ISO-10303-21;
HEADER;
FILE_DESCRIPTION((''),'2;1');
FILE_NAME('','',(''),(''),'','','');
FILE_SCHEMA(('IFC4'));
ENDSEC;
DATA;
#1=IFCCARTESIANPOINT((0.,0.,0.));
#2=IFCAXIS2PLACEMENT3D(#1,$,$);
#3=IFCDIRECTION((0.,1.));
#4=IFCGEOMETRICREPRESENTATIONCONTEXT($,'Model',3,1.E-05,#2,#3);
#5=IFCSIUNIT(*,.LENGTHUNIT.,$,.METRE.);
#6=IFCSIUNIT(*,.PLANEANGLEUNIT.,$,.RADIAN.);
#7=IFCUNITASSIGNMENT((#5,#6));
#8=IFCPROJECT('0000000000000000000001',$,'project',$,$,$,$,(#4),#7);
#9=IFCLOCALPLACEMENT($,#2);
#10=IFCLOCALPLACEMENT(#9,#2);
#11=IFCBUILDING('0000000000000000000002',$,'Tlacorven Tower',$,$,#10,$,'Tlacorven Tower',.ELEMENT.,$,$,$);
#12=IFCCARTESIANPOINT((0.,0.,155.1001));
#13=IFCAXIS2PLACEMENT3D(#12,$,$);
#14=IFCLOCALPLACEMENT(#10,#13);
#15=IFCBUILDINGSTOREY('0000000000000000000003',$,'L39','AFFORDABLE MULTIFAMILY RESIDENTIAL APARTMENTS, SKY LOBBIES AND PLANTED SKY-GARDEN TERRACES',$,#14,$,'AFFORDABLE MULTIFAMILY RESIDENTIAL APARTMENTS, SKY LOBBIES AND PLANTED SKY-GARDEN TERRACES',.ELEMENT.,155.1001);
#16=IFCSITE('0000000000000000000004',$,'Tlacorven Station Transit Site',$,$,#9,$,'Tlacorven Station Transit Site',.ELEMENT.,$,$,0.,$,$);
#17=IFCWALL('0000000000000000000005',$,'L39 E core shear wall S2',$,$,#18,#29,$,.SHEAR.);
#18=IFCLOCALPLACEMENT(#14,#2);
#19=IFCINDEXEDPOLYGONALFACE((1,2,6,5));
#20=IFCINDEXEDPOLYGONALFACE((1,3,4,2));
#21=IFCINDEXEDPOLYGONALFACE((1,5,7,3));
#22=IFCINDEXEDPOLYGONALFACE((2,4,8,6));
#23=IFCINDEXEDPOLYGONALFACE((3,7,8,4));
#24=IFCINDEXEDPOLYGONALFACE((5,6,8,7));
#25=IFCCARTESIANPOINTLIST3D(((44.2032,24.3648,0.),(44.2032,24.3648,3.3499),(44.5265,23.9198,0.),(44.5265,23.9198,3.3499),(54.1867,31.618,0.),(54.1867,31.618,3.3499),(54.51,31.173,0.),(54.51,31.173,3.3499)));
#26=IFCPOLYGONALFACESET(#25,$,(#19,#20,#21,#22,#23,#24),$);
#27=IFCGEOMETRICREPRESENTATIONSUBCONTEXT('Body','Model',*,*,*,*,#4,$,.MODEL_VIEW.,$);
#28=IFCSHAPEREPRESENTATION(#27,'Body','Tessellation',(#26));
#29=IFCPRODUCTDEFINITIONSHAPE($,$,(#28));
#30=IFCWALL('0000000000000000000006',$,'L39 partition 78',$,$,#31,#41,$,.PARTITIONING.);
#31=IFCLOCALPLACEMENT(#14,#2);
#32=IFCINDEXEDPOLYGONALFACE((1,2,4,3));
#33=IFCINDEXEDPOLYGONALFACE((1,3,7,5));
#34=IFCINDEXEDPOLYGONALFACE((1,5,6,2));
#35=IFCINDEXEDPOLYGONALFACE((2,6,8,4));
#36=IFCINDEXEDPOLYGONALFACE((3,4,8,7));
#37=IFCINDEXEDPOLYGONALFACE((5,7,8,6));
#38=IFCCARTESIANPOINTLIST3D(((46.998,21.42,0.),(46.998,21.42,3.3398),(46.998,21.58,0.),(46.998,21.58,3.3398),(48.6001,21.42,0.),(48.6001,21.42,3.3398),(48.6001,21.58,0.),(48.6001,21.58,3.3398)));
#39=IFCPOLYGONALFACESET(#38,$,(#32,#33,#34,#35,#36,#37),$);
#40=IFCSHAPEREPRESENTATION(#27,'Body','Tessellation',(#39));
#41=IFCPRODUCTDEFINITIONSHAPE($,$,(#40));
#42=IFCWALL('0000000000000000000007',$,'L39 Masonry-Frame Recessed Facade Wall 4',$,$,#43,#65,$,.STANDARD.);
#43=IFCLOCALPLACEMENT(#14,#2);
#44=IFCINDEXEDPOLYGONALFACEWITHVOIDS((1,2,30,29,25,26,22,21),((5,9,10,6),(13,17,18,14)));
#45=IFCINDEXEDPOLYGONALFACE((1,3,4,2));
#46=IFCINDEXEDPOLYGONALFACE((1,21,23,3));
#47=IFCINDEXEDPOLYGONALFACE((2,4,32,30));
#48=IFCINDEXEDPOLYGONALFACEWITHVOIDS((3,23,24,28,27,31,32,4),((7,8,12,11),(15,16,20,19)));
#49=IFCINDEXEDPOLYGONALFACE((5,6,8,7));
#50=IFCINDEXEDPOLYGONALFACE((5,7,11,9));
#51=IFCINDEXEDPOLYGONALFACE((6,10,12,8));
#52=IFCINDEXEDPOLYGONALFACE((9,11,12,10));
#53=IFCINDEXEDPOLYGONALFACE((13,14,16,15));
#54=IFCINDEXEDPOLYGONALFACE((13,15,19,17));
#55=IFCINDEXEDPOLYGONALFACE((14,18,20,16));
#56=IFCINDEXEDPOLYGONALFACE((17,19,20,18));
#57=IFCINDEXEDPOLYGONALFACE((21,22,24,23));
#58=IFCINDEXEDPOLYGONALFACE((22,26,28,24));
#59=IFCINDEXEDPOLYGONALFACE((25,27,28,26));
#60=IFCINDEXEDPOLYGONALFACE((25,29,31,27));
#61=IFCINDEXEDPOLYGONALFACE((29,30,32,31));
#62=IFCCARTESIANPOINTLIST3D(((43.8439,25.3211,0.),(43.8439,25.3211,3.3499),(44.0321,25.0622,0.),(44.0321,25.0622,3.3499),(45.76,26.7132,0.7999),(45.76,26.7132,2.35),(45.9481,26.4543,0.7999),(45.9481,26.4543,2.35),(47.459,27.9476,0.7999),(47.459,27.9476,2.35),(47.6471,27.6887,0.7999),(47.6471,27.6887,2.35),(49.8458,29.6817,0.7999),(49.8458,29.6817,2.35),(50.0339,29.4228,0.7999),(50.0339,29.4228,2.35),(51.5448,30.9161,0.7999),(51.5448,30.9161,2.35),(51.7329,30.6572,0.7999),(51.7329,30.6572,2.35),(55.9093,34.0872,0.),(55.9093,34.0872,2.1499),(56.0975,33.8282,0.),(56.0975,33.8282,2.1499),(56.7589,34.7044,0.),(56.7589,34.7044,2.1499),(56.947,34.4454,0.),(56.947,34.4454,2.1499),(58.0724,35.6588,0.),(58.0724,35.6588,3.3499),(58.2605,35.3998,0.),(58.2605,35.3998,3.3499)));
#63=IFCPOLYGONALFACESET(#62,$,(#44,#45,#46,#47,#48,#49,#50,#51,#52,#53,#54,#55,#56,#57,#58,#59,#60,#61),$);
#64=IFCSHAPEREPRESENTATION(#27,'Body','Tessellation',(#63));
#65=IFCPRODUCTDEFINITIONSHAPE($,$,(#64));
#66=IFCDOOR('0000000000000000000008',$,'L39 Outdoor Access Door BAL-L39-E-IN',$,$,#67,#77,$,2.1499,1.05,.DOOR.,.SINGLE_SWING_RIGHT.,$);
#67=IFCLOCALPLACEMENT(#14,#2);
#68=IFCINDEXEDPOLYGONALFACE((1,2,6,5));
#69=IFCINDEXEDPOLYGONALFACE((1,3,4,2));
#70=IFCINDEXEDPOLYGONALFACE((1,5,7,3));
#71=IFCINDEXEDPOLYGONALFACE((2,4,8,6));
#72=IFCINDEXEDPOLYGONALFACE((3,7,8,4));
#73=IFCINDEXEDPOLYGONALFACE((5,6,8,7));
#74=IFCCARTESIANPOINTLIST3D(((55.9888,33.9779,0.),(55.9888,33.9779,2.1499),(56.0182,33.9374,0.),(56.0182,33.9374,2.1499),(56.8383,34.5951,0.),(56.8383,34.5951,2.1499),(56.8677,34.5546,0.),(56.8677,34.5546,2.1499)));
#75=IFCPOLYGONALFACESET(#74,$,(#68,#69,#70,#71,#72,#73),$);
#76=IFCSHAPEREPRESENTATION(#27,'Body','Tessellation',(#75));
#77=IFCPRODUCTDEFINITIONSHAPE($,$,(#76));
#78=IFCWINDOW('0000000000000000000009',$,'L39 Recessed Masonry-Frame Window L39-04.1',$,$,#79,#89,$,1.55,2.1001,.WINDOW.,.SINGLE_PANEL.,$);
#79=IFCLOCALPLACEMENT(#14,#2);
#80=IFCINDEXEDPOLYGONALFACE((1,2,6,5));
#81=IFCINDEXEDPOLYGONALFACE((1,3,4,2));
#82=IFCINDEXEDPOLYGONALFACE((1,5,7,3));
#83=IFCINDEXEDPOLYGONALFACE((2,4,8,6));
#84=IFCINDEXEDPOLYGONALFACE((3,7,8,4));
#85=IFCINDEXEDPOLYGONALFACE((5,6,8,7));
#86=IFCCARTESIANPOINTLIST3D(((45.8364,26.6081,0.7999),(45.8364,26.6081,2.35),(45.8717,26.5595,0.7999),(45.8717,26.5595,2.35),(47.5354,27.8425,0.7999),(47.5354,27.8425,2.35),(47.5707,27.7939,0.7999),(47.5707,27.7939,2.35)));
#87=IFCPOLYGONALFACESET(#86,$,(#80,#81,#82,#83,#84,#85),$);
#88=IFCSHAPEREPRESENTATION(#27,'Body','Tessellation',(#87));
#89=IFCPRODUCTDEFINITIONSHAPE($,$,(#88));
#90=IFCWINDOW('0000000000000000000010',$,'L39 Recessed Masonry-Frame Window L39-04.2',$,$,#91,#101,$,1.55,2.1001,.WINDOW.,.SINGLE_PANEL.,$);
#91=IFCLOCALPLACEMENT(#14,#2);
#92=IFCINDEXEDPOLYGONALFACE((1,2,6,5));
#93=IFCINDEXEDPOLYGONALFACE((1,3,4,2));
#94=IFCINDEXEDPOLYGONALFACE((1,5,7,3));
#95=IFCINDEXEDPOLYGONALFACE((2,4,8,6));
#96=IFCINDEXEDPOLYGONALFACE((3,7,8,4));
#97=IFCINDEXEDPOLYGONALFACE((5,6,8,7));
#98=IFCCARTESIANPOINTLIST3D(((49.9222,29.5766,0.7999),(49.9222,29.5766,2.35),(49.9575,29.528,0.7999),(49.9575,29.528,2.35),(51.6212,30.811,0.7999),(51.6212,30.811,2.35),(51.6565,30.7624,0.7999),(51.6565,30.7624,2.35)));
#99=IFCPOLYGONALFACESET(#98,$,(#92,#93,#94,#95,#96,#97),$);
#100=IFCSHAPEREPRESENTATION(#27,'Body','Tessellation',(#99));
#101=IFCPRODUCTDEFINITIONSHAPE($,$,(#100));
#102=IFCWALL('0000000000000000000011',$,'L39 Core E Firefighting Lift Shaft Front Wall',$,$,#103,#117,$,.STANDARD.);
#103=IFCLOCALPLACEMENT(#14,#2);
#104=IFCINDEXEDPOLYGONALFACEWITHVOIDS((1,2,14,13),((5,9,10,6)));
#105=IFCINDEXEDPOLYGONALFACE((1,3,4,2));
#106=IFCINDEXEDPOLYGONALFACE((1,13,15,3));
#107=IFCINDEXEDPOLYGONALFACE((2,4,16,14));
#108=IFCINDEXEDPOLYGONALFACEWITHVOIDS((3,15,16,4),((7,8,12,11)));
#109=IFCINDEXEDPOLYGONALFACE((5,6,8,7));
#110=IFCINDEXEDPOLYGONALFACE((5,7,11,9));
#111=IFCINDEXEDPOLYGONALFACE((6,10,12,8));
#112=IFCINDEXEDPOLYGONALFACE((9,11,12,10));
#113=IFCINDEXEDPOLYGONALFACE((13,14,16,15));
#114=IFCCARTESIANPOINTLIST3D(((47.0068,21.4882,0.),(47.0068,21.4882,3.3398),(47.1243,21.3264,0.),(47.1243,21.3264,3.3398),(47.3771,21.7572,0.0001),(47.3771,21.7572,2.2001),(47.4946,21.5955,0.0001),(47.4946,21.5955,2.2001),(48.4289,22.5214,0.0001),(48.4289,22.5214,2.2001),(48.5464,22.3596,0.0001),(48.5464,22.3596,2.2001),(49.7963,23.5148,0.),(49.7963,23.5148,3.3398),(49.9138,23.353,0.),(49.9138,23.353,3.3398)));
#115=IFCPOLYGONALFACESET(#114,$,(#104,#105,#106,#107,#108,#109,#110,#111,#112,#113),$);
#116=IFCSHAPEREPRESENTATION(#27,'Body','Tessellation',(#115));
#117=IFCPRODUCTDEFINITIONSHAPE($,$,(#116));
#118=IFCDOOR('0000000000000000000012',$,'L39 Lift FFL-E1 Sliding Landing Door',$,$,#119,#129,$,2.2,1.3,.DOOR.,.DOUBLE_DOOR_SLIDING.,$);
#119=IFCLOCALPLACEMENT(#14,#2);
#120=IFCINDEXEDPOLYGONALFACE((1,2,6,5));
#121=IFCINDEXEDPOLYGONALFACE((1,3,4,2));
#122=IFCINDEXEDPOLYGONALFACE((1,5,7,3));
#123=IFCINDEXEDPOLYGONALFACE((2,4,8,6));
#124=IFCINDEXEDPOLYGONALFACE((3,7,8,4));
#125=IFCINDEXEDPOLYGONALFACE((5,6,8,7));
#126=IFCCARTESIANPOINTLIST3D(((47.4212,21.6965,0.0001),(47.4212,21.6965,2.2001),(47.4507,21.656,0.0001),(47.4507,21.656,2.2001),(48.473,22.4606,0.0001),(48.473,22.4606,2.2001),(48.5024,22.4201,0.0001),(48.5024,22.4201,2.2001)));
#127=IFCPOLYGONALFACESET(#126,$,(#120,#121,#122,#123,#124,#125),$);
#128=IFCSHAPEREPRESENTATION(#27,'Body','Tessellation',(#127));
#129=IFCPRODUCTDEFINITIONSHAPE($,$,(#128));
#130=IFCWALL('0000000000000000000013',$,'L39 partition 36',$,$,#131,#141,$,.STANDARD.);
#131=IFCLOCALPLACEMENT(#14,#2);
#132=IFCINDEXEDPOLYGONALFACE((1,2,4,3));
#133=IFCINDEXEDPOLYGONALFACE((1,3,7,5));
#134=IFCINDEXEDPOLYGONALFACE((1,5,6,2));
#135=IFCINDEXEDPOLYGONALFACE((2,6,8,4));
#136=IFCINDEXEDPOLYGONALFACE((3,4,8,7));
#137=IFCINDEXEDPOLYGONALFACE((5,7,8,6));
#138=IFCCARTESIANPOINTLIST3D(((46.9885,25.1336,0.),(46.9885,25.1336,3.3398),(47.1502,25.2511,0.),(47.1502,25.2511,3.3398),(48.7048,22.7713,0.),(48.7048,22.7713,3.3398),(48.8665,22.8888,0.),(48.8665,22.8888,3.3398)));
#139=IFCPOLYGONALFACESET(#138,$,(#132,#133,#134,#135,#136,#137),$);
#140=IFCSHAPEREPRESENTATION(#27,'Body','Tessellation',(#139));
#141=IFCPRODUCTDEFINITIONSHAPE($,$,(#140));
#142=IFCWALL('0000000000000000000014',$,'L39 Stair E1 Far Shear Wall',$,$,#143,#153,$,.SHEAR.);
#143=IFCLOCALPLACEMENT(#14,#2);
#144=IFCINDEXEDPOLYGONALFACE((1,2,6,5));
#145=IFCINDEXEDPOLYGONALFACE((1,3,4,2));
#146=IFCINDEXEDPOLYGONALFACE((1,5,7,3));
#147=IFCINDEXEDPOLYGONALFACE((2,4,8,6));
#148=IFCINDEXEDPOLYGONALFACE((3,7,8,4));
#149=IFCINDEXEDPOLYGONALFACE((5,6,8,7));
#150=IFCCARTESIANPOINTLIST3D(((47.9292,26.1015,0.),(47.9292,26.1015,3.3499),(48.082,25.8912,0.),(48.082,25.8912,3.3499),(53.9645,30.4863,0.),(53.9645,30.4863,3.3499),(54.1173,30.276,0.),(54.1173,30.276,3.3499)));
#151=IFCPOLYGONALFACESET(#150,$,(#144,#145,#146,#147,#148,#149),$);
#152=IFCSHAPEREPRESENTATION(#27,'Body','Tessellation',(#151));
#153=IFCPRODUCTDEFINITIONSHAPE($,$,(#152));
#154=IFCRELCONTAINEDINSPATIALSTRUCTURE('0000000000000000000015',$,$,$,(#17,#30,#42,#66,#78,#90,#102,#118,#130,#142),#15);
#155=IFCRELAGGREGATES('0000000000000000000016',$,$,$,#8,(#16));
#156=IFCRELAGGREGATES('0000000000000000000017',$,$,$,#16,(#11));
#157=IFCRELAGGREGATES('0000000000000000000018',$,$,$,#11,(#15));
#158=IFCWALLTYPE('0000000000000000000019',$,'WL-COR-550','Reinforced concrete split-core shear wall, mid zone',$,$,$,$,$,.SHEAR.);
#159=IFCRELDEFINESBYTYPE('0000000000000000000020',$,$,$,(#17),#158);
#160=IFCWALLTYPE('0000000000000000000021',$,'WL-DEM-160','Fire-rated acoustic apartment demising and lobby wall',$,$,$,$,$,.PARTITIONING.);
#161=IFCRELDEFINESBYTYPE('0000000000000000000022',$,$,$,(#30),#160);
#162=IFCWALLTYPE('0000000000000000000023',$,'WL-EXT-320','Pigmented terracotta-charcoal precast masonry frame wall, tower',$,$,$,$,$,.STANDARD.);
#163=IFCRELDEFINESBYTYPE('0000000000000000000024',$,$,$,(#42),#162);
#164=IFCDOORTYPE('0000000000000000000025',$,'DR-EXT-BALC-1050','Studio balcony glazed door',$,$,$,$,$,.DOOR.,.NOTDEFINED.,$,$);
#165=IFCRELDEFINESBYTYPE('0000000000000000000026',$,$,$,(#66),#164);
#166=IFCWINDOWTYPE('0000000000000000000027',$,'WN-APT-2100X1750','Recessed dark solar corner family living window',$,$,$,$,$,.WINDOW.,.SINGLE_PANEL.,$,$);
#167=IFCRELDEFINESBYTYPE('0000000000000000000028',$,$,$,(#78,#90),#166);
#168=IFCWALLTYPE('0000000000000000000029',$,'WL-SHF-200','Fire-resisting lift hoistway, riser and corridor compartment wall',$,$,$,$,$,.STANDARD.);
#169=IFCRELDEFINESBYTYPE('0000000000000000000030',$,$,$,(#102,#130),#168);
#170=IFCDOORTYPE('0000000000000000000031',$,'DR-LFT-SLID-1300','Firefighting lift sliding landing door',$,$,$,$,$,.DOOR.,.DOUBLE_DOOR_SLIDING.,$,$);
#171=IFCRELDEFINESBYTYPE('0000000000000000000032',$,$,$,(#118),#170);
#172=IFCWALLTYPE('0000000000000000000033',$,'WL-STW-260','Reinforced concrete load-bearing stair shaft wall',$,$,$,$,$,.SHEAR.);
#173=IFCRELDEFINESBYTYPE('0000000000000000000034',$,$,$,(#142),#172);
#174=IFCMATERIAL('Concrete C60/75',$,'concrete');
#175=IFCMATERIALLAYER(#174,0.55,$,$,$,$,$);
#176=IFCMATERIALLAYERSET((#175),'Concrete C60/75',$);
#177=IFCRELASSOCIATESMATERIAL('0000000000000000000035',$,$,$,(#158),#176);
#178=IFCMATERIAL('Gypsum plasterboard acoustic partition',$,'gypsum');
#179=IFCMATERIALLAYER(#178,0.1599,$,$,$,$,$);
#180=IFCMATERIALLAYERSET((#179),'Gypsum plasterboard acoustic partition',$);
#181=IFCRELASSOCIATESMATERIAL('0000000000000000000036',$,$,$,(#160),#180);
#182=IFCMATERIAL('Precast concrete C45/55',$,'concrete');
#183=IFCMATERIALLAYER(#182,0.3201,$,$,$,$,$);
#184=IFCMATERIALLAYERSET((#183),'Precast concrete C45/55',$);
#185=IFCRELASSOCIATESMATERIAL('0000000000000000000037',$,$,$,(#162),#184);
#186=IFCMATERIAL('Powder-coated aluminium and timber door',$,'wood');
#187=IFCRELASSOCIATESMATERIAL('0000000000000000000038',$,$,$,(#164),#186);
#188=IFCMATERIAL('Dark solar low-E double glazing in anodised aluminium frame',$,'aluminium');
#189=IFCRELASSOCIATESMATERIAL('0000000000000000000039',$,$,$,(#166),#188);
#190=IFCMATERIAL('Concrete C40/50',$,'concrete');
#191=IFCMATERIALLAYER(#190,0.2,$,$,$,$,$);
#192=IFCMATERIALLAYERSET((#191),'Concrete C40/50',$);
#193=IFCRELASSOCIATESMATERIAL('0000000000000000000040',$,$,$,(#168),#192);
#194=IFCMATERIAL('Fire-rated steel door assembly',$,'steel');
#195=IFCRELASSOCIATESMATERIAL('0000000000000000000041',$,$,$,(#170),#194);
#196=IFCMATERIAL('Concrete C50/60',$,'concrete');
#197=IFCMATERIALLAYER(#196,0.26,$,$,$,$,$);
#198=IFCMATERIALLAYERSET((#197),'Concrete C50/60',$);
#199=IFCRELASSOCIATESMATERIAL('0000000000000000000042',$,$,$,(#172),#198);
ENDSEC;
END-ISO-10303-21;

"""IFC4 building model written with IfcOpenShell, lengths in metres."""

from ifc_helpers import new_model, si_unit, direction, frame, frame_2d, origin, place, context, subcontext, project, spatial, rectangle, extrude, source, transform, mapped, material, layer, layer_set, type_object, element, fill, save


model = new_model("IFC4")

# Units and contexts
model_context = context("Model", 3, precision=1e-05, world=origin(), true_north=direction((0.0, 1.0)))
body_context = subcontext(model_context, "Body", "Model", "MODEL_VIEW")
ifc_project = project(units=[si_unit("LENGTHUNIT", "METRE"), si_unit("PLANEANGLEUNIT", "RADIAN")], contexts=[model_context])

# Site, building, storey
site_placement = place(None, origin())
site = spatial("IfcSite", under=ifc_project, at=site_placement, Name="Tlacorven Station Transit Site", LongName="Tlacorven Station Transit Site", CompositionType="ELEMENT", RefElevation=0.0)
building_placement = place(site_placement, origin())
building = spatial("IfcBuilding", under=site, at=building_placement, Name="Tlacorven Tower", LongName="Tlacorven Tower", CompositionType="ELEMENT")
storey_placement = place(building_placement, frame((0.0, 0.0, 155.1001)))
storey = spatial("IfcBuildingStorey", under=building, at=storey_placement, Name="L39", Description="AFFORDABLE MULTIFAMILY RESIDENTIAL APARTMENTS, SKY LOBBIES AND PLANTED SKY-GARDEN TERRACES", LongName="AFFORDABLE MULTIFAMILY RESIDENTIAL APARTMENTS, SKY LOBBIES AND PLANTED SKY-GARDEN TERRACES", CompositionType="ELEMENT", Elevation=155.1001)

# Walls
ifc_material_1 = material(Name="Concrete C60/75", Category="concrete")
ifc_layer_1 = layer(ifc_material_1, 0.55)
ifc_layer_set_1 = layer_set([ifc_layer_1], Name="Concrete C60/75")
wall_type_1 = type_object("IfcWallType", Name="WL-COR-550", Description="Reinforced concrete split-core shear wall, mid zone", PredefinedType="SHEAR", material=ifc_layer_set_1)
wall_1_placement = place(storey_placement, frame((44.365, 24.1423, 0.0), z_axis=(0.0, 0.0, 1.0), x_axis=(0.809024, 0.587775, 0.0)))
element("IfcWall", 1, at=wall_1_placement, inside=storey, type_object=wall_type_1, Name="L39 E core shear wall S2", PredefinedType="SHEAR", context=body_context, shape_type="SweptSolid", body=[
    extrude(rectangle(XDim=12.3401, YDim=0.55, at=frame_2d((6.1699, 0.0))), origin(), (0.0, 0.0, 1.0), 3.3499),
])
ifc_material_2 = material(Name="Gypsum plasterboard acoustic partition", Category="gypsum")
ifc_layer_2 = layer(ifc_material_2, 0.1599)
ifc_layer_set_2 = layer_set([ifc_layer_2], Name="Gypsum plasterboard acoustic partition")
wall_type_2 = type_object("IfcWallType", Name="WL-DEM-160", Description="Fire-rated acoustic apartment demising and lobby wall", PredefinedType="PARTITIONING", material=ifc_layer_set_2)
wall_2_placement = place(storey_placement, frame((46.998, 21.5, 0.0), z_axis=(0.0, 0.0, 1.0), x_axis=(1.0, 0.0, 0.0)))
element("IfcWall", 2, at=wall_2_placement, inside=storey, type_object=wall_type_2, Name="L39 partition 78", PredefinedType="PARTITIONING", context=body_context, shape_type="SweptSolid", body=[
    extrude(rectangle(XDim=1.6021, YDim=0.1599, at=frame_2d((0.801, 0.0))), origin(), (0.0, 0.0, 1.0), 3.3398),
])

# Wall, openings, door, windows
ifc_material_3 = material(Name="Precast concrete C45/55", Category="concrete")
ifc_layer_3 = layer(ifc_material_3, 0.3201)
ifc_layer_set_3 = layer_set([ifc_layer_3], Name="Precast concrete C45/55")
wall_type_3 = type_object("IfcWallType", Name="WL-EXT-320", Description="Pigmented terracotta-charcoal precast masonry frame wall, tower", PredefinedType="STANDARD", material=ifc_layer_set_3)
wall_3_placement = place(storey_placement, frame((43.938, 25.1917, 0.0), z_axis=(0.0, 0.0, 1.0), x_axis=(0.809016, 0.587786, 0.0)))
wall_3 = element("IfcWall", 3, at=wall_3_placement, inside=storey, type_object=wall_type_3, Name="L39 Masonry-Frame Recessed Facade Wall 4", PredefinedType="STANDARD", context=body_context, shape_type="SweptSolid", body=[
    extrude(rectangle(XDim=17.5874, YDim=0.3201, at=frame_2d((8.7937, 0.0))), origin(), (0.0, 0.0, 1.0), 3.3499),
])
opening_1_placement = place(wall_3_placement, frame((14.9138, 0.0, 0.0)))
opening_1 = element("IfcOpeningElement", 4, at=opening_1_placement, cuts=wall_3, PredefinedType="OPENING", context=body_context, shape_type="SweptSolid", body=[
    extrude(rectangle(XDim=1.05, YDim=2.1499, at=frame_2d((0.5249, 1.075))), frame((0.0, 0.1699, 0.0), z_axis=(0.0, -1.0, 0.0), x_axis=(1.0, 0.0, 0.0)), (0.0, 0.0, 1.0), 0.3401),
])
opening_2_placement = place(wall_3_placement, frame((2.3684, 0.0, 0.8)))
opening_2 = element("IfcOpeningElement", 5, at=opening_2_placement, cuts=wall_3, PredefinedType="OPENING", context=body_context, shape_type="SweptSolid", body=[
    extrude(rectangle(XDim=2.1001, YDim=1.55, at=frame_2d((1.05, 0.7749))), frame((0.0, 0.1699, 0.0), z_axis=(0.0, -1.0, 0.0), x_axis=(1.0, 0.0, 0.0)), (0.0, 0.0, 1.0), 0.3401),
])
opening_3_placement = place(wall_3_placement, frame((7.4187, 0.0, 0.8)))
opening_3 = element("IfcOpeningElement", 6, at=opening_3_placement, cuts=wall_3, PredefinedType="OPENING", context=body_context, shape_type="SweptSolid", body=[
    extrude(rectangle(XDim=2.1001, YDim=1.55, at=frame_2d((1.05, 0.7749))), frame((0.0, 0.1699, 0.0), z_axis=(0.0, -1.0, 0.0), x_axis=(1.0, 0.0, 0.0)), (0.0, 0.0, 1.0), 0.3401),
])
ifc_material_4 = material(Name="Powder-coated aluminium and timber door", Category="wood")
door_type_1 = type_object("IfcDoorType", Name="DR-EXT-BALC-1050", Description="Studio balcony glazed door", OperationType="NOTDEFINED", PredefinedType="DOOR", material=ifc_material_4)
shared_shape_1 = source(origin(), body_context, "Body", "SweptSolid", [
    extrude(rectangle(XDim=1.05, YDim=2.1499, at=frame_2d((0.5249, 1.075))), frame((0.0, 0.0249, 0.0), z_axis=(0.0, -1.0, 0.0), x_axis=(1.0, 0.0, 0.0)), (0.0, 0.0, 1.0), 0.05),
])
door_1_placement = place(opening_1_placement, origin())
door_1 = element("IfcDoor", 7, at=door_1_placement, inside=storey, type_object=door_type_1, Name="L39 Outdoor Access Door BAL-L39-E-IN", OperationType="SINGLE_SWING_RIGHT", OverallHeight=2.1499, OverallWidth=1.05, PredefinedType="DOOR", context=body_context, shape_type="MappedRepresentation", body=[
    mapped(shared_shape_1, transform((0.0, 0.0, 0.0), scale=1.0)),
])
fill(opening_1, door_1)
ifc_material_5 = material(Name="Dark solar low-E double glazing in anodised aluminium frame", Category="aluminium")
window_type = type_object("IfcWindowType", Name="WN-APT-2100X1750", Description="Recessed dark solar corner family living window", PartitioningType="SINGLE_PANEL", PredefinedType="WINDOW", material=ifc_material_5)
shared_shape_2 = source(origin(), body_context, "Body", "SweptSolid", [
    extrude(rectangle(XDim=2.1001, YDim=1.55, at=frame_2d((1.05, 0.7749))), frame((0.0, 0.03, 0.0), z_axis=(0.0, -1.0, 0.0), x_axis=(1.0, 0.0, 0.0)), (0.0, 0.0, 1.0), 0.0601),
])
window_1_placement = place(opening_2_placement, origin())
window_1 = element("IfcWindow", 8, at=window_1_placement, inside=storey, type_object=window_type, Name="L39 Recessed Masonry-Frame Window L39-04.1", OverallHeight=1.55, OverallWidth=2.1001, PartitioningType="SINGLE_PANEL", PredefinedType="WINDOW", context=body_context, shape_type="MappedRepresentation", body=[
    mapped(shared_shape_2, transform((0.0, 0.0, 0.0), scale=1.0)),
])
fill(opening_2, window_1)
window_2_placement = place(opening_3_placement, origin())
window_2 = element("IfcWindow", 9, at=window_2_placement, inside=storey, type_object=window_type, Name="L39 Recessed Masonry-Frame Window L39-04.2", OverallHeight=1.55, OverallWidth=2.1001, PartitioningType="SINGLE_PANEL", PredefinedType="WINDOW", context=body_context, shape_type="MappedRepresentation", body=[
    mapped(shared_shape_2, transform((0.0, 0.0, 0.0), scale=1.0)),
])
fill(opening_3, window_2)

# Wall, opening, door
ifc_material_6 = material(Name="Concrete C40/50", Category="concrete")
ifc_layer_4 = layer(ifc_material_6, 0.2)
ifc_layer_set_4 = layer_set([ifc_layer_4], Name="Concrete C40/50")
wall_type_4 = type_object("IfcWallType", Name="WL-SHF-200", Description="Fire-resisting lift hoistway, riser and corridor compartment wall", PredefinedType="STANDARD", material=ifc_layer_set_4)
wall_4_placement = place(storey_placement, frame((47.0654, 21.4072, 0.0), z_axis=(0.0, 0.0, 1.0), x_axis=(0.809033, 0.587763, 0.0)))
wall_4 = element("IfcWall", 10, at=wall_4_placement, inside=storey, type_object=wall_type_4, Name="L39 Core E Firefighting Lift Shaft Front Wall", PredefinedType="STANDARD", context=body_context, shape_type="SweptSolid", body=[
    extrude(rectangle(XDim=3.448, YDim=0.2, at=frame_2d((1.7241, 0.0))), origin(), (0.0, 0.0, 1.0), 3.3398),
])
opening_4_placement = place(wall_4_placement, frame((0.458, 0.0, 0.0)))
opening_4 = element("IfcOpeningElement", 11, at=opening_4_placement, cuts=wall_4, PredefinedType="OPENING", context=body_context, shape_type="SweptSolid", body=[
    extrude(rectangle(XDim=1.3, YDim=2.2, at=frame_2d((0.6499, 1.1001))), frame((0.0, 0.1099, 0.0), z_axis=(0.0, -1.0, 0.0), x_axis=(1.0, 0.0, 0.0)), (0.0, 0.0, 1.0), 0.22),
])
ifc_material_7 = material(Name="Fire-rated steel door assembly", Category="steel")
door_type_2 = type_object("IfcDoorType", Name="DR-LFT-SLID-1300", Description="Firefighting lift sliding landing door", OperationType="DOUBLE_DOOR_SLIDING", PredefinedType="DOOR", material=ifc_material_7)
shared_shape_3 = source(origin(), body_context, "Body", "SweptSolid", [
    extrude(rectangle(XDim=1.3, YDim=2.2, at=frame_2d((0.6499, 1.1001))), frame((0.0, 0.0249, 0.0), z_axis=(0.0, -1.0, 0.0), x_axis=(1.0, 0.0, 0.0)), (0.0, 0.0, 1.0), 0.05),
])
door_2_placement = place(opening_4_placement, origin())
door_2 = element("IfcDoor", 12, at=door_2_placement, inside=storey, type_object=door_type_2, Name="L39 Lift FFL-E1 Sliding Landing Door", OperationType="DOUBLE_DOOR_SLIDING", OverallHeight=2.2, OverallWidth=1.3, PredefinedType="DOOR", context=body_context, shape_type="MappedRepresentation", body=[
    mapped(shared_shape_3, transform((0.0, 0.0, 0.0), scale=1.0)),
])
fill(opening_4, door_2)

# Walls
wall_5_placement = place(storey_placement, frame((48.7856, 22.8301, 0.0), z_axis=(0.0, 0.0, 1.0), x_axis=(-0.587784, 0.809018, 0.0)))
element("IfcWall", 13, at=wall_5_placement, inside=storey, type_object=wall_type_4, Name="L39 partition 36", PredefinedType="STANDARD", context=body_context, shape_type="SweptSolid", body=[
    extrude(rectangle(XDim=2.9199, YDim=0.2, at=frame_2d((1.46, 0.0))), origin(), (0.0, 0.0, 1.0), 3.3398),
])
ifc_material_8 = material(Name="Concrete C50/60", Category="concrete")
ifc_layer_5 = layer(ifc_material_8, 0.26)
ifc_layer_set_5 = layer_set([ifc_layer_5], Name="Concrete C50/60")
wall_type_5 = type_object("IfcWallType", Name="WL-STW-260", Description="Reinforced concrete load-bearing stair shaft wall", PredefinedType="SHEAR", material=ifc_layer_set_5)
wall_6_placement = place(storey_placement, frame((48.0056, 25.9963, 0.0), z_axis=(0.0, 0.0, 1.0), x_axis=(0.809019, 0.587782, 0.0)))
element("IfcWall", 14, at=wall_6_placement, inside=storey, type_object=wall_type_5, Name="L39 Stair E1 Far Shear Wall", PredefinedType="SHEAR", context=body_context, shape_type="SweptSolid", body=[
    extrude(rectangle(XDim=7.46, YDim=0.26, at=frame_2d((3.73, 0.0))), origin(), (0.0, 0.0, 1.0), 3.3499),
])

save(model, "model.ifc")
